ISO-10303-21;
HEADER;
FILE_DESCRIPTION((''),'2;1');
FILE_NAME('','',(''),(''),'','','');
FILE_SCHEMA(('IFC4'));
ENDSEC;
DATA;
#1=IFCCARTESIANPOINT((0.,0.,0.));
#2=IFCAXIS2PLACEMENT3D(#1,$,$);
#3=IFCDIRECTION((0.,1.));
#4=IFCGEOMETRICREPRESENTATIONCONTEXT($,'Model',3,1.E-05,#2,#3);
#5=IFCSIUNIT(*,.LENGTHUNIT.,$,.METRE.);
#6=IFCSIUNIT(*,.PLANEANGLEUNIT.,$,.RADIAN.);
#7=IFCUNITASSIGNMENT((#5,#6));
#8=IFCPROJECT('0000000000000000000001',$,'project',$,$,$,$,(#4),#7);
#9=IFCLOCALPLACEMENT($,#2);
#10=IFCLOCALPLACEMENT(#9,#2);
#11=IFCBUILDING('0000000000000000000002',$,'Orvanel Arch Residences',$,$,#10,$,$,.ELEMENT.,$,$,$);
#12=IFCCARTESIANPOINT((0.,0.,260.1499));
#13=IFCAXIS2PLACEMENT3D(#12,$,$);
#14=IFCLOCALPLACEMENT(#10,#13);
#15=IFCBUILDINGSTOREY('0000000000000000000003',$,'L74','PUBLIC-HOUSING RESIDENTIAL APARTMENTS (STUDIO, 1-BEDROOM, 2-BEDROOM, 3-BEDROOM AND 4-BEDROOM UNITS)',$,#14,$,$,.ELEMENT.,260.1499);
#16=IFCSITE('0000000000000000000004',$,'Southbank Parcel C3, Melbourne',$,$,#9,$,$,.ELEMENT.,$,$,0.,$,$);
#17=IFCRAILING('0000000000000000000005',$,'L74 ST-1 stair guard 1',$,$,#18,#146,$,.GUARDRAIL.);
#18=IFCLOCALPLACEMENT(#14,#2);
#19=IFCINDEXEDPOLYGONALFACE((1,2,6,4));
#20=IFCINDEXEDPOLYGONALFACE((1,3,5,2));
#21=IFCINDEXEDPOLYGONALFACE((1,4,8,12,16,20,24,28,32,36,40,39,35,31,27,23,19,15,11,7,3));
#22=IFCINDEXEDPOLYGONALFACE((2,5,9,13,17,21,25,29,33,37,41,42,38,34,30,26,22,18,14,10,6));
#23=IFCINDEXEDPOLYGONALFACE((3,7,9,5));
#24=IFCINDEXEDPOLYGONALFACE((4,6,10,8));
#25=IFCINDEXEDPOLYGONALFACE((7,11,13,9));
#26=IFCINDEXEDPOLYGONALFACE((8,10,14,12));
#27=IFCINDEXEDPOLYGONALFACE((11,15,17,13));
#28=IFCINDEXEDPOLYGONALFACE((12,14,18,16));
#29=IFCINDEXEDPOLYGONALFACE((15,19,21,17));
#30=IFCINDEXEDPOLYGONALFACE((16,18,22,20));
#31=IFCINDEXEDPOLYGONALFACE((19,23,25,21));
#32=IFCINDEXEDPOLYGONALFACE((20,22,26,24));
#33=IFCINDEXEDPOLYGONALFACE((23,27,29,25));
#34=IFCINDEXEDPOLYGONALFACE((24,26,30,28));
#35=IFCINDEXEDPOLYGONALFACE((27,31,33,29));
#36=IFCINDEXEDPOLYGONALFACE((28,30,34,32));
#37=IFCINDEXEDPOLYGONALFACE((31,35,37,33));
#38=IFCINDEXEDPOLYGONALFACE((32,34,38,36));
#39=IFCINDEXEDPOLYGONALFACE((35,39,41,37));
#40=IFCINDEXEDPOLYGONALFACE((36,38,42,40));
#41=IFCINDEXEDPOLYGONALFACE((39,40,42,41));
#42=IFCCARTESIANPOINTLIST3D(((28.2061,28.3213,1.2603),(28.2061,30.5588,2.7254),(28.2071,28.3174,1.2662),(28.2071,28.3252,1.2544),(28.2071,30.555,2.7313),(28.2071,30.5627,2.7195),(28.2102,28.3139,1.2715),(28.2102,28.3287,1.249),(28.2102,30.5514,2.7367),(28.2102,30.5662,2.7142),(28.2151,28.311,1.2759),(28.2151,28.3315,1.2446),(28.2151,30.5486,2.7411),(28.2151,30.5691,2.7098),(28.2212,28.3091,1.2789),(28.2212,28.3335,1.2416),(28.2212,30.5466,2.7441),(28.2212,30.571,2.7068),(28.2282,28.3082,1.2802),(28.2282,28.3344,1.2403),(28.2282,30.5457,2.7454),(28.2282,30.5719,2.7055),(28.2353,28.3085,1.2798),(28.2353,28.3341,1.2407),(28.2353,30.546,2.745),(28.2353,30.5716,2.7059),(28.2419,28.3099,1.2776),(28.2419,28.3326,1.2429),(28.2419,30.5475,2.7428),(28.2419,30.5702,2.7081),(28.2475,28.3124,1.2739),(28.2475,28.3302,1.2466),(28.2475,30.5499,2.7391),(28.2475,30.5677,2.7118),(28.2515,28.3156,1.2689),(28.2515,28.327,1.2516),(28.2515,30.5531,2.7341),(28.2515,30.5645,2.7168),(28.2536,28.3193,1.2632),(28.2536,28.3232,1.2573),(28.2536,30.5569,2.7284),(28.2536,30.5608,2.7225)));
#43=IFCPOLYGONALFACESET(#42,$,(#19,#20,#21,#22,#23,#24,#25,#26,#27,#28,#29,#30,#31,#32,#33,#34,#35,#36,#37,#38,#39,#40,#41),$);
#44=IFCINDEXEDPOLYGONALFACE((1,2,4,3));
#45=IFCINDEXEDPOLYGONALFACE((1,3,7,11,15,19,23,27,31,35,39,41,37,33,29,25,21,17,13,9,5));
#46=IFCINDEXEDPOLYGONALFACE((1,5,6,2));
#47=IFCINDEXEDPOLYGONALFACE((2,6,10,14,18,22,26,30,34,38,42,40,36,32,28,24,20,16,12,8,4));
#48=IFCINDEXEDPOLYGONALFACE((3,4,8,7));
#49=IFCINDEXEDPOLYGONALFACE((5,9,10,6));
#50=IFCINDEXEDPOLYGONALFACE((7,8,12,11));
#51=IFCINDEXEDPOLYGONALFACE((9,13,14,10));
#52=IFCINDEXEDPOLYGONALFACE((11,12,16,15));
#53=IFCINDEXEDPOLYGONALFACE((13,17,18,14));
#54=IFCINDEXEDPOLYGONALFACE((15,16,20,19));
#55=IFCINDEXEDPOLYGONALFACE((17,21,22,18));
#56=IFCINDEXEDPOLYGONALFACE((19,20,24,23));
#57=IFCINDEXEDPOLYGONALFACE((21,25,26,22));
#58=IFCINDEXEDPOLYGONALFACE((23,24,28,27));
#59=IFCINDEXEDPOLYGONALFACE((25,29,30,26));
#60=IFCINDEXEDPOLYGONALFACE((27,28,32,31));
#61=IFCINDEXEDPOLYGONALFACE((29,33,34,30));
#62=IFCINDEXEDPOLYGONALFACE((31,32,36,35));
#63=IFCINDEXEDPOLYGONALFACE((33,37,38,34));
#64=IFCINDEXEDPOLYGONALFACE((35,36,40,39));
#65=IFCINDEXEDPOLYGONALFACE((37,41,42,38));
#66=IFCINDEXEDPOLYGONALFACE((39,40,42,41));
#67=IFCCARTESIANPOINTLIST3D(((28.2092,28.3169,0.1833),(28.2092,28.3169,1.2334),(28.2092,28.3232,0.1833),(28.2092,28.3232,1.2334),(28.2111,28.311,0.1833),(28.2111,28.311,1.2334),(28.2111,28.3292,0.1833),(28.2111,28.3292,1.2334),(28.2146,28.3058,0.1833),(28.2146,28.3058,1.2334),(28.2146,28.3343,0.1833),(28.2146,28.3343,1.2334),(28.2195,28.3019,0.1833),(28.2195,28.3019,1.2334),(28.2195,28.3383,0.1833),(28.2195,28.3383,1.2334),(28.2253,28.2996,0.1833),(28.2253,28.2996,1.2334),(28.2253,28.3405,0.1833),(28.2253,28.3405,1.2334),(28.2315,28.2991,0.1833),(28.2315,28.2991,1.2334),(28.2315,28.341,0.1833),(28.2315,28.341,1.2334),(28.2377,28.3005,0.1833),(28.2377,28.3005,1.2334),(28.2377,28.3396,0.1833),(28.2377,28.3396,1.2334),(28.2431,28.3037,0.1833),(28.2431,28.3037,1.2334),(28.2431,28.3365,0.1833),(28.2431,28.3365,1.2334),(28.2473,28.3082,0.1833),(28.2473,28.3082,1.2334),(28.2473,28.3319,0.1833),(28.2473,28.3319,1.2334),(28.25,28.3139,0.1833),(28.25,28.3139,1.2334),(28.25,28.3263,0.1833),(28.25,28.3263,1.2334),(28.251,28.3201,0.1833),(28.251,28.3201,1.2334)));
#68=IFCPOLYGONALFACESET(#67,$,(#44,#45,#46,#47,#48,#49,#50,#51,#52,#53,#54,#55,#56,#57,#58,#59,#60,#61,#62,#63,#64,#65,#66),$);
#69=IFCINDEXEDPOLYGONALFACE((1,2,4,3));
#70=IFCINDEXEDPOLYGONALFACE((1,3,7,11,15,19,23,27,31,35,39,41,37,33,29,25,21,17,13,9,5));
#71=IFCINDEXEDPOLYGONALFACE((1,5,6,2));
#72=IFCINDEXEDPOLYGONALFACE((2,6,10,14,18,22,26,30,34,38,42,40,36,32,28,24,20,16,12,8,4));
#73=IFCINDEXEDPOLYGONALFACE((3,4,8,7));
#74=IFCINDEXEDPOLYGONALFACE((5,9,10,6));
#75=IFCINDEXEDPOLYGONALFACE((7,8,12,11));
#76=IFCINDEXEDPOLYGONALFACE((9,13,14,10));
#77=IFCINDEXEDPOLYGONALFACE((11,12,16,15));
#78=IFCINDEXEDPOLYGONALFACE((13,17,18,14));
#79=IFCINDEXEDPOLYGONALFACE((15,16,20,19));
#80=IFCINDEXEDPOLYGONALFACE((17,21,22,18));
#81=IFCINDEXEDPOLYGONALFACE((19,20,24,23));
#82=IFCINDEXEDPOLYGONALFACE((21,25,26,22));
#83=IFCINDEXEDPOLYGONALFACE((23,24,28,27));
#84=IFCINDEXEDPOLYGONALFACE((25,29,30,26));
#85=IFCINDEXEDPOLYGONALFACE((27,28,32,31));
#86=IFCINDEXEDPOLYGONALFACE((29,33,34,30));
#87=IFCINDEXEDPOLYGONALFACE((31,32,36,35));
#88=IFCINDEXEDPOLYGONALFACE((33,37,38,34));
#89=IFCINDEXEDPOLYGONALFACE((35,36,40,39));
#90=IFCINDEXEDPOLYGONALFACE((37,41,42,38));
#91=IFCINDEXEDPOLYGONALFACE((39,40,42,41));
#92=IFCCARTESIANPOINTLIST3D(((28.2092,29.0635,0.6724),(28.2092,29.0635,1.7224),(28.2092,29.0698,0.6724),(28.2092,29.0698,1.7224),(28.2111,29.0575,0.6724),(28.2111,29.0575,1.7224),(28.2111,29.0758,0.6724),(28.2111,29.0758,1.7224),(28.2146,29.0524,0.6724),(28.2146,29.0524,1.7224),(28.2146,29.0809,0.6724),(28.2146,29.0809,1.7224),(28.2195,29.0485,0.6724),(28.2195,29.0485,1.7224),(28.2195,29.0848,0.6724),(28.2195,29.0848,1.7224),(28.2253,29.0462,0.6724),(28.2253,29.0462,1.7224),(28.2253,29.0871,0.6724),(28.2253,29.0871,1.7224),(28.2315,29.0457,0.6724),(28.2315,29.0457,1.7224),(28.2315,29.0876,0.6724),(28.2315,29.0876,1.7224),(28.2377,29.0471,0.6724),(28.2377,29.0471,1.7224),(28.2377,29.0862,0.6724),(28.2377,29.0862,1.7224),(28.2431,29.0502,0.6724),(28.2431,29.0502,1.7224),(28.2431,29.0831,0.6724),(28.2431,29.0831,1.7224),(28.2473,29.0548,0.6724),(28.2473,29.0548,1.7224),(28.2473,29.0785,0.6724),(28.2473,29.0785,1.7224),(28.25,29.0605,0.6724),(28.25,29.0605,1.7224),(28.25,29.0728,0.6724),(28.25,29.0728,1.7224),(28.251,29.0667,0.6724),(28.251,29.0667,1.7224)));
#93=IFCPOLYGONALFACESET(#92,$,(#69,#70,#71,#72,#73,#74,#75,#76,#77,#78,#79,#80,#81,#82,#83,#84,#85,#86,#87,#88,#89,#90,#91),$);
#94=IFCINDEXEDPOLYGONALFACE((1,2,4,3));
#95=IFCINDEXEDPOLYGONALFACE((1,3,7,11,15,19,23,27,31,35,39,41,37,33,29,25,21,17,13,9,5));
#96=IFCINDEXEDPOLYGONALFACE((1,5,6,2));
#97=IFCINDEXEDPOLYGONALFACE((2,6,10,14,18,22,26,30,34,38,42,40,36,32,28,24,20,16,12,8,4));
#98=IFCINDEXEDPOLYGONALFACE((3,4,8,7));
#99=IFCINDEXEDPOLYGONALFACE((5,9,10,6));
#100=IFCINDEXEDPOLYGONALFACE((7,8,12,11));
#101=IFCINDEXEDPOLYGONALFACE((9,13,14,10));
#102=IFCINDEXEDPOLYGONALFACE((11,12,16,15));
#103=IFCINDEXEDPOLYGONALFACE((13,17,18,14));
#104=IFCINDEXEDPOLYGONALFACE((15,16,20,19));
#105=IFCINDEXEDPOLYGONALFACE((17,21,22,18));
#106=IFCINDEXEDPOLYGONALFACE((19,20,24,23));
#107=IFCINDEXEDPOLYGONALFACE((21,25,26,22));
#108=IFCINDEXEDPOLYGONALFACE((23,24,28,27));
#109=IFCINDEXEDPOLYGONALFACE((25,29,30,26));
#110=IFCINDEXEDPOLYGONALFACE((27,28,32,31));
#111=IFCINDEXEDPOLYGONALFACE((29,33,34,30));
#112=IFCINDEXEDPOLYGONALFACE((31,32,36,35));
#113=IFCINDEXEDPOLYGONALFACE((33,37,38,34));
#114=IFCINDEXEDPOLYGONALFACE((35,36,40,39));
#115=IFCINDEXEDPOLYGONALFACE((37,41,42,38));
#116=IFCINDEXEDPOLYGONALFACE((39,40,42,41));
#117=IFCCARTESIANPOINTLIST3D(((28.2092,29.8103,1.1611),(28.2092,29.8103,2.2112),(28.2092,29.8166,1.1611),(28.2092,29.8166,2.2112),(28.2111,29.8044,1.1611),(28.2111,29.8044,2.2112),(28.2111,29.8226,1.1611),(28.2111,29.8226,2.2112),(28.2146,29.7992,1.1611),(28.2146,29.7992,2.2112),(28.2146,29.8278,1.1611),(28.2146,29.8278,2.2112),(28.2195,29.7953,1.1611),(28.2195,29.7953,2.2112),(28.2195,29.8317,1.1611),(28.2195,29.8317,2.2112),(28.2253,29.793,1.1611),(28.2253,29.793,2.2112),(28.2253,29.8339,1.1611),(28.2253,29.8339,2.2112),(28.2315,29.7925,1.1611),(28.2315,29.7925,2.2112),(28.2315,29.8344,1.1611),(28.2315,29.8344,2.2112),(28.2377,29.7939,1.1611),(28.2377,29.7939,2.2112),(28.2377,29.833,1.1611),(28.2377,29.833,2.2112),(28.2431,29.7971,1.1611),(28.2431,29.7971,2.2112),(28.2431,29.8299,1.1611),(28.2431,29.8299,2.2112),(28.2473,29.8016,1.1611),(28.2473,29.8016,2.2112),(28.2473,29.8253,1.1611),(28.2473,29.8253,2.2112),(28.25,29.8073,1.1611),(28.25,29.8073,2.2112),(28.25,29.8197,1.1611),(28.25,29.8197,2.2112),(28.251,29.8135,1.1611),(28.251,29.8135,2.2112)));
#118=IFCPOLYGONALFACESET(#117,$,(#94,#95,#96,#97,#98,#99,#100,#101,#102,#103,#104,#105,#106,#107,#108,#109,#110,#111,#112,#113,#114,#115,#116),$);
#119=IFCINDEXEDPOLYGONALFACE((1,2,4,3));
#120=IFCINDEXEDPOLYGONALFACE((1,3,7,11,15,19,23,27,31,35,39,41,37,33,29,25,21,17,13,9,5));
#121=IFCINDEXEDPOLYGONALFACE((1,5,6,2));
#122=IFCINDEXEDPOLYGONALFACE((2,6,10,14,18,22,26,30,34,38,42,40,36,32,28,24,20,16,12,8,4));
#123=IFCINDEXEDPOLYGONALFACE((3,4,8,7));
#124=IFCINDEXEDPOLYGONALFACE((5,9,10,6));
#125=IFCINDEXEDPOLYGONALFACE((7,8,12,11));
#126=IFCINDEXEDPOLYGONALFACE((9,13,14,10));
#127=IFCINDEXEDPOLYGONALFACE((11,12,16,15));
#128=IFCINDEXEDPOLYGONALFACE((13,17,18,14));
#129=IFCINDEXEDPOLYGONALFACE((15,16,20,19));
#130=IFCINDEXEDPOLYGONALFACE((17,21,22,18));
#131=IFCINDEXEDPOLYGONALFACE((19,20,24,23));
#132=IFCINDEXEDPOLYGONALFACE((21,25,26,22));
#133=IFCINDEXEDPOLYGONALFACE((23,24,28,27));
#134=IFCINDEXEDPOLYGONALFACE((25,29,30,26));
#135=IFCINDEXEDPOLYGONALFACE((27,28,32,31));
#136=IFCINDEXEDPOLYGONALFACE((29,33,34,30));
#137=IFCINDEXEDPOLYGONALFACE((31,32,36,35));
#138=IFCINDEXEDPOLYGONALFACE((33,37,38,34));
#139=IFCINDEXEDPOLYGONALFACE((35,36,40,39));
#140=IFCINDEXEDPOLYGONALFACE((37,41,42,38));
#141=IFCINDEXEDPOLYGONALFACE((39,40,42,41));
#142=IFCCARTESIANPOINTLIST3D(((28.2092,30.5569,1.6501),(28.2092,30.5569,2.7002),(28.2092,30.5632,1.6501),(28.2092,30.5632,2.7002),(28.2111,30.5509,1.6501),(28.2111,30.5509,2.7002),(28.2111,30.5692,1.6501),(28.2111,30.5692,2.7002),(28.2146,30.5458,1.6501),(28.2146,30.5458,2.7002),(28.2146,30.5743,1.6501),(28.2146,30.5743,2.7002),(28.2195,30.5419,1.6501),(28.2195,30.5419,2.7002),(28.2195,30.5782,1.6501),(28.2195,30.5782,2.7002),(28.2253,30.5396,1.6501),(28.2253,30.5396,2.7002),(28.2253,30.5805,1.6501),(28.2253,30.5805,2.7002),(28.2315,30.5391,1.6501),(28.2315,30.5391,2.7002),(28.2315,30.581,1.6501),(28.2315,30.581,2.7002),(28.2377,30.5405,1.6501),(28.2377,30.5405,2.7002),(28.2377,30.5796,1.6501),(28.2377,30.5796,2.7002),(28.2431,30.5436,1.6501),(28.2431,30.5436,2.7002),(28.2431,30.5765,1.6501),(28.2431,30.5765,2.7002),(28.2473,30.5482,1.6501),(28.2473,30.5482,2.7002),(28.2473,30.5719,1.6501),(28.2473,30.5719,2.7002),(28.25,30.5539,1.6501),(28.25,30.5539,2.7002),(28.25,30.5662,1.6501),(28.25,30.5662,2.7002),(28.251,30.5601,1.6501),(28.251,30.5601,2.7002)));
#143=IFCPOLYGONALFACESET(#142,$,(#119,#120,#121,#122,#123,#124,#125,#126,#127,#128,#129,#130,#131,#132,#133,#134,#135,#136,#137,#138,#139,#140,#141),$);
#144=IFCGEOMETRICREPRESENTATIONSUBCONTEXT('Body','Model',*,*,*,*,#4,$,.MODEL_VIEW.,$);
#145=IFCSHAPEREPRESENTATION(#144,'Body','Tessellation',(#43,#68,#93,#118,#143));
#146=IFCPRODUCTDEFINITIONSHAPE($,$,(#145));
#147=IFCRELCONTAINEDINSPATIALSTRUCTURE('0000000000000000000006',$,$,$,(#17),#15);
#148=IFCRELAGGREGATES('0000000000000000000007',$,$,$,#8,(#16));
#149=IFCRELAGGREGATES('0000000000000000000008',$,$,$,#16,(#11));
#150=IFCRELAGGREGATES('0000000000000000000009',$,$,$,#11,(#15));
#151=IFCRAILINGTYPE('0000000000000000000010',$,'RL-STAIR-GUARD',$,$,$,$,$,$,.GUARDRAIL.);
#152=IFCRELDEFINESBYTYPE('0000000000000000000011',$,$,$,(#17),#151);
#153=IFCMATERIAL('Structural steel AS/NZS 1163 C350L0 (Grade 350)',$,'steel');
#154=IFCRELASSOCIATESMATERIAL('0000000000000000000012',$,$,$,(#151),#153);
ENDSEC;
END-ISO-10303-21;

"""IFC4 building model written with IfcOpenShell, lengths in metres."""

from ifc_helpers import new_model, si_unit, direction, frame, origin, origin_2d, place, context, subcontext, project, spatial, circle, extrude, material, type_object, element, save


model = new_model("IFC4")

# Units and contexts
model_context = context("Model", 3, precision=1e-05, world=origin(), true_north=direction((0.0, 1.0)))
body_context = subcontext(model_context, "Body", "Model", "MODEL_VIEW")
ifc_project = project(units=[si_unit("LENGTHUNIT", "METRE"), si_unit("PLANEANGLEUNIT", "RADIAN")], contexts=[model_context])

# Site, building, storey
site_placement = place(None, origin())
site = spatial("IfcSite", under=ifc_project, at=site_placement, Name="Southbank Parcel C3, Melbourne", CompositionType="ELEMENT", RefElevation=0.0)
building_placement = place(site_placement, origin())
building = spatial("IfcBuilding", under=site, at=building_placement, Name="Orvanel Arch Residences", CompositionType="ELEMENT")
storey_placement = place(building_placement, frame((0.0, 0.0, 260.1499)))
storey = spatial("IfcBuildingStorey", under=building, at=storey_placement, Name="L74", Description="PUBLIC-HOUSING RESIDENTIAL APARTMENTS (STUDIO, 1-BEDROOM, 2-BEDROOM, 3-BEDROOM AND 4-BEDROOM UNITS)", CompositionType="ELEMENT", Elevation=260.1499)

# Railing
ifc_material_1 = material(Name="Structural steel AS/NZS 1163 C350L0 (Grade 350)", Category="steel")
railing_type_1 = type_object("IfcRailingType", Name="RL-STAIR-GUARD", PredefinedType="GUARDRAIL", material=ifc_material_1)
railing_1_placement = place(storey_placement, frame((28.23, 28.3201, 0.1833)))
element("IfcRailing", 1, at=railing_1_placement, inside=storey, type_object=railing_type_1, Name="L74 ST-1 stair guard 1", PredefinedType="GUARDRAIL", context=body_context, shape_type="SweptSolid", body=[
    extrude(circle(Radius=0.0239, at=origin_2d()), frame((0.0, 0.0012, 1.0769), z_axis=(0.0, 0.836595, 0.547822), x_axis=(-1.0, 0.0, 0.0)), (0.0, 0.0, 1.0), 2.6746),
    extrude(circle(Radius=0.021, at=origin_2d()), origin(), (0.0, 0.0, 1.0), 1.05),
    extrude(circle(Radius=0.021, at=origin_2d()), frame((0.0, 0.7466, 0.489)), (0.0, 0.0, 1.0), 1.05),
    extrude(circle(Radius=0.021, at=origin_2d()), frame((0.0, 1.4934, 0.9778)), (0.0, 0.0, 1.0), 1.05),
    extrude(circle(Radius=0.021, at=origin_2d()), frame((0.0, 2.24, 1.4668)), (0.0, 0.0, 1.0), 1.05),
])

save(model, "model.ifc")
